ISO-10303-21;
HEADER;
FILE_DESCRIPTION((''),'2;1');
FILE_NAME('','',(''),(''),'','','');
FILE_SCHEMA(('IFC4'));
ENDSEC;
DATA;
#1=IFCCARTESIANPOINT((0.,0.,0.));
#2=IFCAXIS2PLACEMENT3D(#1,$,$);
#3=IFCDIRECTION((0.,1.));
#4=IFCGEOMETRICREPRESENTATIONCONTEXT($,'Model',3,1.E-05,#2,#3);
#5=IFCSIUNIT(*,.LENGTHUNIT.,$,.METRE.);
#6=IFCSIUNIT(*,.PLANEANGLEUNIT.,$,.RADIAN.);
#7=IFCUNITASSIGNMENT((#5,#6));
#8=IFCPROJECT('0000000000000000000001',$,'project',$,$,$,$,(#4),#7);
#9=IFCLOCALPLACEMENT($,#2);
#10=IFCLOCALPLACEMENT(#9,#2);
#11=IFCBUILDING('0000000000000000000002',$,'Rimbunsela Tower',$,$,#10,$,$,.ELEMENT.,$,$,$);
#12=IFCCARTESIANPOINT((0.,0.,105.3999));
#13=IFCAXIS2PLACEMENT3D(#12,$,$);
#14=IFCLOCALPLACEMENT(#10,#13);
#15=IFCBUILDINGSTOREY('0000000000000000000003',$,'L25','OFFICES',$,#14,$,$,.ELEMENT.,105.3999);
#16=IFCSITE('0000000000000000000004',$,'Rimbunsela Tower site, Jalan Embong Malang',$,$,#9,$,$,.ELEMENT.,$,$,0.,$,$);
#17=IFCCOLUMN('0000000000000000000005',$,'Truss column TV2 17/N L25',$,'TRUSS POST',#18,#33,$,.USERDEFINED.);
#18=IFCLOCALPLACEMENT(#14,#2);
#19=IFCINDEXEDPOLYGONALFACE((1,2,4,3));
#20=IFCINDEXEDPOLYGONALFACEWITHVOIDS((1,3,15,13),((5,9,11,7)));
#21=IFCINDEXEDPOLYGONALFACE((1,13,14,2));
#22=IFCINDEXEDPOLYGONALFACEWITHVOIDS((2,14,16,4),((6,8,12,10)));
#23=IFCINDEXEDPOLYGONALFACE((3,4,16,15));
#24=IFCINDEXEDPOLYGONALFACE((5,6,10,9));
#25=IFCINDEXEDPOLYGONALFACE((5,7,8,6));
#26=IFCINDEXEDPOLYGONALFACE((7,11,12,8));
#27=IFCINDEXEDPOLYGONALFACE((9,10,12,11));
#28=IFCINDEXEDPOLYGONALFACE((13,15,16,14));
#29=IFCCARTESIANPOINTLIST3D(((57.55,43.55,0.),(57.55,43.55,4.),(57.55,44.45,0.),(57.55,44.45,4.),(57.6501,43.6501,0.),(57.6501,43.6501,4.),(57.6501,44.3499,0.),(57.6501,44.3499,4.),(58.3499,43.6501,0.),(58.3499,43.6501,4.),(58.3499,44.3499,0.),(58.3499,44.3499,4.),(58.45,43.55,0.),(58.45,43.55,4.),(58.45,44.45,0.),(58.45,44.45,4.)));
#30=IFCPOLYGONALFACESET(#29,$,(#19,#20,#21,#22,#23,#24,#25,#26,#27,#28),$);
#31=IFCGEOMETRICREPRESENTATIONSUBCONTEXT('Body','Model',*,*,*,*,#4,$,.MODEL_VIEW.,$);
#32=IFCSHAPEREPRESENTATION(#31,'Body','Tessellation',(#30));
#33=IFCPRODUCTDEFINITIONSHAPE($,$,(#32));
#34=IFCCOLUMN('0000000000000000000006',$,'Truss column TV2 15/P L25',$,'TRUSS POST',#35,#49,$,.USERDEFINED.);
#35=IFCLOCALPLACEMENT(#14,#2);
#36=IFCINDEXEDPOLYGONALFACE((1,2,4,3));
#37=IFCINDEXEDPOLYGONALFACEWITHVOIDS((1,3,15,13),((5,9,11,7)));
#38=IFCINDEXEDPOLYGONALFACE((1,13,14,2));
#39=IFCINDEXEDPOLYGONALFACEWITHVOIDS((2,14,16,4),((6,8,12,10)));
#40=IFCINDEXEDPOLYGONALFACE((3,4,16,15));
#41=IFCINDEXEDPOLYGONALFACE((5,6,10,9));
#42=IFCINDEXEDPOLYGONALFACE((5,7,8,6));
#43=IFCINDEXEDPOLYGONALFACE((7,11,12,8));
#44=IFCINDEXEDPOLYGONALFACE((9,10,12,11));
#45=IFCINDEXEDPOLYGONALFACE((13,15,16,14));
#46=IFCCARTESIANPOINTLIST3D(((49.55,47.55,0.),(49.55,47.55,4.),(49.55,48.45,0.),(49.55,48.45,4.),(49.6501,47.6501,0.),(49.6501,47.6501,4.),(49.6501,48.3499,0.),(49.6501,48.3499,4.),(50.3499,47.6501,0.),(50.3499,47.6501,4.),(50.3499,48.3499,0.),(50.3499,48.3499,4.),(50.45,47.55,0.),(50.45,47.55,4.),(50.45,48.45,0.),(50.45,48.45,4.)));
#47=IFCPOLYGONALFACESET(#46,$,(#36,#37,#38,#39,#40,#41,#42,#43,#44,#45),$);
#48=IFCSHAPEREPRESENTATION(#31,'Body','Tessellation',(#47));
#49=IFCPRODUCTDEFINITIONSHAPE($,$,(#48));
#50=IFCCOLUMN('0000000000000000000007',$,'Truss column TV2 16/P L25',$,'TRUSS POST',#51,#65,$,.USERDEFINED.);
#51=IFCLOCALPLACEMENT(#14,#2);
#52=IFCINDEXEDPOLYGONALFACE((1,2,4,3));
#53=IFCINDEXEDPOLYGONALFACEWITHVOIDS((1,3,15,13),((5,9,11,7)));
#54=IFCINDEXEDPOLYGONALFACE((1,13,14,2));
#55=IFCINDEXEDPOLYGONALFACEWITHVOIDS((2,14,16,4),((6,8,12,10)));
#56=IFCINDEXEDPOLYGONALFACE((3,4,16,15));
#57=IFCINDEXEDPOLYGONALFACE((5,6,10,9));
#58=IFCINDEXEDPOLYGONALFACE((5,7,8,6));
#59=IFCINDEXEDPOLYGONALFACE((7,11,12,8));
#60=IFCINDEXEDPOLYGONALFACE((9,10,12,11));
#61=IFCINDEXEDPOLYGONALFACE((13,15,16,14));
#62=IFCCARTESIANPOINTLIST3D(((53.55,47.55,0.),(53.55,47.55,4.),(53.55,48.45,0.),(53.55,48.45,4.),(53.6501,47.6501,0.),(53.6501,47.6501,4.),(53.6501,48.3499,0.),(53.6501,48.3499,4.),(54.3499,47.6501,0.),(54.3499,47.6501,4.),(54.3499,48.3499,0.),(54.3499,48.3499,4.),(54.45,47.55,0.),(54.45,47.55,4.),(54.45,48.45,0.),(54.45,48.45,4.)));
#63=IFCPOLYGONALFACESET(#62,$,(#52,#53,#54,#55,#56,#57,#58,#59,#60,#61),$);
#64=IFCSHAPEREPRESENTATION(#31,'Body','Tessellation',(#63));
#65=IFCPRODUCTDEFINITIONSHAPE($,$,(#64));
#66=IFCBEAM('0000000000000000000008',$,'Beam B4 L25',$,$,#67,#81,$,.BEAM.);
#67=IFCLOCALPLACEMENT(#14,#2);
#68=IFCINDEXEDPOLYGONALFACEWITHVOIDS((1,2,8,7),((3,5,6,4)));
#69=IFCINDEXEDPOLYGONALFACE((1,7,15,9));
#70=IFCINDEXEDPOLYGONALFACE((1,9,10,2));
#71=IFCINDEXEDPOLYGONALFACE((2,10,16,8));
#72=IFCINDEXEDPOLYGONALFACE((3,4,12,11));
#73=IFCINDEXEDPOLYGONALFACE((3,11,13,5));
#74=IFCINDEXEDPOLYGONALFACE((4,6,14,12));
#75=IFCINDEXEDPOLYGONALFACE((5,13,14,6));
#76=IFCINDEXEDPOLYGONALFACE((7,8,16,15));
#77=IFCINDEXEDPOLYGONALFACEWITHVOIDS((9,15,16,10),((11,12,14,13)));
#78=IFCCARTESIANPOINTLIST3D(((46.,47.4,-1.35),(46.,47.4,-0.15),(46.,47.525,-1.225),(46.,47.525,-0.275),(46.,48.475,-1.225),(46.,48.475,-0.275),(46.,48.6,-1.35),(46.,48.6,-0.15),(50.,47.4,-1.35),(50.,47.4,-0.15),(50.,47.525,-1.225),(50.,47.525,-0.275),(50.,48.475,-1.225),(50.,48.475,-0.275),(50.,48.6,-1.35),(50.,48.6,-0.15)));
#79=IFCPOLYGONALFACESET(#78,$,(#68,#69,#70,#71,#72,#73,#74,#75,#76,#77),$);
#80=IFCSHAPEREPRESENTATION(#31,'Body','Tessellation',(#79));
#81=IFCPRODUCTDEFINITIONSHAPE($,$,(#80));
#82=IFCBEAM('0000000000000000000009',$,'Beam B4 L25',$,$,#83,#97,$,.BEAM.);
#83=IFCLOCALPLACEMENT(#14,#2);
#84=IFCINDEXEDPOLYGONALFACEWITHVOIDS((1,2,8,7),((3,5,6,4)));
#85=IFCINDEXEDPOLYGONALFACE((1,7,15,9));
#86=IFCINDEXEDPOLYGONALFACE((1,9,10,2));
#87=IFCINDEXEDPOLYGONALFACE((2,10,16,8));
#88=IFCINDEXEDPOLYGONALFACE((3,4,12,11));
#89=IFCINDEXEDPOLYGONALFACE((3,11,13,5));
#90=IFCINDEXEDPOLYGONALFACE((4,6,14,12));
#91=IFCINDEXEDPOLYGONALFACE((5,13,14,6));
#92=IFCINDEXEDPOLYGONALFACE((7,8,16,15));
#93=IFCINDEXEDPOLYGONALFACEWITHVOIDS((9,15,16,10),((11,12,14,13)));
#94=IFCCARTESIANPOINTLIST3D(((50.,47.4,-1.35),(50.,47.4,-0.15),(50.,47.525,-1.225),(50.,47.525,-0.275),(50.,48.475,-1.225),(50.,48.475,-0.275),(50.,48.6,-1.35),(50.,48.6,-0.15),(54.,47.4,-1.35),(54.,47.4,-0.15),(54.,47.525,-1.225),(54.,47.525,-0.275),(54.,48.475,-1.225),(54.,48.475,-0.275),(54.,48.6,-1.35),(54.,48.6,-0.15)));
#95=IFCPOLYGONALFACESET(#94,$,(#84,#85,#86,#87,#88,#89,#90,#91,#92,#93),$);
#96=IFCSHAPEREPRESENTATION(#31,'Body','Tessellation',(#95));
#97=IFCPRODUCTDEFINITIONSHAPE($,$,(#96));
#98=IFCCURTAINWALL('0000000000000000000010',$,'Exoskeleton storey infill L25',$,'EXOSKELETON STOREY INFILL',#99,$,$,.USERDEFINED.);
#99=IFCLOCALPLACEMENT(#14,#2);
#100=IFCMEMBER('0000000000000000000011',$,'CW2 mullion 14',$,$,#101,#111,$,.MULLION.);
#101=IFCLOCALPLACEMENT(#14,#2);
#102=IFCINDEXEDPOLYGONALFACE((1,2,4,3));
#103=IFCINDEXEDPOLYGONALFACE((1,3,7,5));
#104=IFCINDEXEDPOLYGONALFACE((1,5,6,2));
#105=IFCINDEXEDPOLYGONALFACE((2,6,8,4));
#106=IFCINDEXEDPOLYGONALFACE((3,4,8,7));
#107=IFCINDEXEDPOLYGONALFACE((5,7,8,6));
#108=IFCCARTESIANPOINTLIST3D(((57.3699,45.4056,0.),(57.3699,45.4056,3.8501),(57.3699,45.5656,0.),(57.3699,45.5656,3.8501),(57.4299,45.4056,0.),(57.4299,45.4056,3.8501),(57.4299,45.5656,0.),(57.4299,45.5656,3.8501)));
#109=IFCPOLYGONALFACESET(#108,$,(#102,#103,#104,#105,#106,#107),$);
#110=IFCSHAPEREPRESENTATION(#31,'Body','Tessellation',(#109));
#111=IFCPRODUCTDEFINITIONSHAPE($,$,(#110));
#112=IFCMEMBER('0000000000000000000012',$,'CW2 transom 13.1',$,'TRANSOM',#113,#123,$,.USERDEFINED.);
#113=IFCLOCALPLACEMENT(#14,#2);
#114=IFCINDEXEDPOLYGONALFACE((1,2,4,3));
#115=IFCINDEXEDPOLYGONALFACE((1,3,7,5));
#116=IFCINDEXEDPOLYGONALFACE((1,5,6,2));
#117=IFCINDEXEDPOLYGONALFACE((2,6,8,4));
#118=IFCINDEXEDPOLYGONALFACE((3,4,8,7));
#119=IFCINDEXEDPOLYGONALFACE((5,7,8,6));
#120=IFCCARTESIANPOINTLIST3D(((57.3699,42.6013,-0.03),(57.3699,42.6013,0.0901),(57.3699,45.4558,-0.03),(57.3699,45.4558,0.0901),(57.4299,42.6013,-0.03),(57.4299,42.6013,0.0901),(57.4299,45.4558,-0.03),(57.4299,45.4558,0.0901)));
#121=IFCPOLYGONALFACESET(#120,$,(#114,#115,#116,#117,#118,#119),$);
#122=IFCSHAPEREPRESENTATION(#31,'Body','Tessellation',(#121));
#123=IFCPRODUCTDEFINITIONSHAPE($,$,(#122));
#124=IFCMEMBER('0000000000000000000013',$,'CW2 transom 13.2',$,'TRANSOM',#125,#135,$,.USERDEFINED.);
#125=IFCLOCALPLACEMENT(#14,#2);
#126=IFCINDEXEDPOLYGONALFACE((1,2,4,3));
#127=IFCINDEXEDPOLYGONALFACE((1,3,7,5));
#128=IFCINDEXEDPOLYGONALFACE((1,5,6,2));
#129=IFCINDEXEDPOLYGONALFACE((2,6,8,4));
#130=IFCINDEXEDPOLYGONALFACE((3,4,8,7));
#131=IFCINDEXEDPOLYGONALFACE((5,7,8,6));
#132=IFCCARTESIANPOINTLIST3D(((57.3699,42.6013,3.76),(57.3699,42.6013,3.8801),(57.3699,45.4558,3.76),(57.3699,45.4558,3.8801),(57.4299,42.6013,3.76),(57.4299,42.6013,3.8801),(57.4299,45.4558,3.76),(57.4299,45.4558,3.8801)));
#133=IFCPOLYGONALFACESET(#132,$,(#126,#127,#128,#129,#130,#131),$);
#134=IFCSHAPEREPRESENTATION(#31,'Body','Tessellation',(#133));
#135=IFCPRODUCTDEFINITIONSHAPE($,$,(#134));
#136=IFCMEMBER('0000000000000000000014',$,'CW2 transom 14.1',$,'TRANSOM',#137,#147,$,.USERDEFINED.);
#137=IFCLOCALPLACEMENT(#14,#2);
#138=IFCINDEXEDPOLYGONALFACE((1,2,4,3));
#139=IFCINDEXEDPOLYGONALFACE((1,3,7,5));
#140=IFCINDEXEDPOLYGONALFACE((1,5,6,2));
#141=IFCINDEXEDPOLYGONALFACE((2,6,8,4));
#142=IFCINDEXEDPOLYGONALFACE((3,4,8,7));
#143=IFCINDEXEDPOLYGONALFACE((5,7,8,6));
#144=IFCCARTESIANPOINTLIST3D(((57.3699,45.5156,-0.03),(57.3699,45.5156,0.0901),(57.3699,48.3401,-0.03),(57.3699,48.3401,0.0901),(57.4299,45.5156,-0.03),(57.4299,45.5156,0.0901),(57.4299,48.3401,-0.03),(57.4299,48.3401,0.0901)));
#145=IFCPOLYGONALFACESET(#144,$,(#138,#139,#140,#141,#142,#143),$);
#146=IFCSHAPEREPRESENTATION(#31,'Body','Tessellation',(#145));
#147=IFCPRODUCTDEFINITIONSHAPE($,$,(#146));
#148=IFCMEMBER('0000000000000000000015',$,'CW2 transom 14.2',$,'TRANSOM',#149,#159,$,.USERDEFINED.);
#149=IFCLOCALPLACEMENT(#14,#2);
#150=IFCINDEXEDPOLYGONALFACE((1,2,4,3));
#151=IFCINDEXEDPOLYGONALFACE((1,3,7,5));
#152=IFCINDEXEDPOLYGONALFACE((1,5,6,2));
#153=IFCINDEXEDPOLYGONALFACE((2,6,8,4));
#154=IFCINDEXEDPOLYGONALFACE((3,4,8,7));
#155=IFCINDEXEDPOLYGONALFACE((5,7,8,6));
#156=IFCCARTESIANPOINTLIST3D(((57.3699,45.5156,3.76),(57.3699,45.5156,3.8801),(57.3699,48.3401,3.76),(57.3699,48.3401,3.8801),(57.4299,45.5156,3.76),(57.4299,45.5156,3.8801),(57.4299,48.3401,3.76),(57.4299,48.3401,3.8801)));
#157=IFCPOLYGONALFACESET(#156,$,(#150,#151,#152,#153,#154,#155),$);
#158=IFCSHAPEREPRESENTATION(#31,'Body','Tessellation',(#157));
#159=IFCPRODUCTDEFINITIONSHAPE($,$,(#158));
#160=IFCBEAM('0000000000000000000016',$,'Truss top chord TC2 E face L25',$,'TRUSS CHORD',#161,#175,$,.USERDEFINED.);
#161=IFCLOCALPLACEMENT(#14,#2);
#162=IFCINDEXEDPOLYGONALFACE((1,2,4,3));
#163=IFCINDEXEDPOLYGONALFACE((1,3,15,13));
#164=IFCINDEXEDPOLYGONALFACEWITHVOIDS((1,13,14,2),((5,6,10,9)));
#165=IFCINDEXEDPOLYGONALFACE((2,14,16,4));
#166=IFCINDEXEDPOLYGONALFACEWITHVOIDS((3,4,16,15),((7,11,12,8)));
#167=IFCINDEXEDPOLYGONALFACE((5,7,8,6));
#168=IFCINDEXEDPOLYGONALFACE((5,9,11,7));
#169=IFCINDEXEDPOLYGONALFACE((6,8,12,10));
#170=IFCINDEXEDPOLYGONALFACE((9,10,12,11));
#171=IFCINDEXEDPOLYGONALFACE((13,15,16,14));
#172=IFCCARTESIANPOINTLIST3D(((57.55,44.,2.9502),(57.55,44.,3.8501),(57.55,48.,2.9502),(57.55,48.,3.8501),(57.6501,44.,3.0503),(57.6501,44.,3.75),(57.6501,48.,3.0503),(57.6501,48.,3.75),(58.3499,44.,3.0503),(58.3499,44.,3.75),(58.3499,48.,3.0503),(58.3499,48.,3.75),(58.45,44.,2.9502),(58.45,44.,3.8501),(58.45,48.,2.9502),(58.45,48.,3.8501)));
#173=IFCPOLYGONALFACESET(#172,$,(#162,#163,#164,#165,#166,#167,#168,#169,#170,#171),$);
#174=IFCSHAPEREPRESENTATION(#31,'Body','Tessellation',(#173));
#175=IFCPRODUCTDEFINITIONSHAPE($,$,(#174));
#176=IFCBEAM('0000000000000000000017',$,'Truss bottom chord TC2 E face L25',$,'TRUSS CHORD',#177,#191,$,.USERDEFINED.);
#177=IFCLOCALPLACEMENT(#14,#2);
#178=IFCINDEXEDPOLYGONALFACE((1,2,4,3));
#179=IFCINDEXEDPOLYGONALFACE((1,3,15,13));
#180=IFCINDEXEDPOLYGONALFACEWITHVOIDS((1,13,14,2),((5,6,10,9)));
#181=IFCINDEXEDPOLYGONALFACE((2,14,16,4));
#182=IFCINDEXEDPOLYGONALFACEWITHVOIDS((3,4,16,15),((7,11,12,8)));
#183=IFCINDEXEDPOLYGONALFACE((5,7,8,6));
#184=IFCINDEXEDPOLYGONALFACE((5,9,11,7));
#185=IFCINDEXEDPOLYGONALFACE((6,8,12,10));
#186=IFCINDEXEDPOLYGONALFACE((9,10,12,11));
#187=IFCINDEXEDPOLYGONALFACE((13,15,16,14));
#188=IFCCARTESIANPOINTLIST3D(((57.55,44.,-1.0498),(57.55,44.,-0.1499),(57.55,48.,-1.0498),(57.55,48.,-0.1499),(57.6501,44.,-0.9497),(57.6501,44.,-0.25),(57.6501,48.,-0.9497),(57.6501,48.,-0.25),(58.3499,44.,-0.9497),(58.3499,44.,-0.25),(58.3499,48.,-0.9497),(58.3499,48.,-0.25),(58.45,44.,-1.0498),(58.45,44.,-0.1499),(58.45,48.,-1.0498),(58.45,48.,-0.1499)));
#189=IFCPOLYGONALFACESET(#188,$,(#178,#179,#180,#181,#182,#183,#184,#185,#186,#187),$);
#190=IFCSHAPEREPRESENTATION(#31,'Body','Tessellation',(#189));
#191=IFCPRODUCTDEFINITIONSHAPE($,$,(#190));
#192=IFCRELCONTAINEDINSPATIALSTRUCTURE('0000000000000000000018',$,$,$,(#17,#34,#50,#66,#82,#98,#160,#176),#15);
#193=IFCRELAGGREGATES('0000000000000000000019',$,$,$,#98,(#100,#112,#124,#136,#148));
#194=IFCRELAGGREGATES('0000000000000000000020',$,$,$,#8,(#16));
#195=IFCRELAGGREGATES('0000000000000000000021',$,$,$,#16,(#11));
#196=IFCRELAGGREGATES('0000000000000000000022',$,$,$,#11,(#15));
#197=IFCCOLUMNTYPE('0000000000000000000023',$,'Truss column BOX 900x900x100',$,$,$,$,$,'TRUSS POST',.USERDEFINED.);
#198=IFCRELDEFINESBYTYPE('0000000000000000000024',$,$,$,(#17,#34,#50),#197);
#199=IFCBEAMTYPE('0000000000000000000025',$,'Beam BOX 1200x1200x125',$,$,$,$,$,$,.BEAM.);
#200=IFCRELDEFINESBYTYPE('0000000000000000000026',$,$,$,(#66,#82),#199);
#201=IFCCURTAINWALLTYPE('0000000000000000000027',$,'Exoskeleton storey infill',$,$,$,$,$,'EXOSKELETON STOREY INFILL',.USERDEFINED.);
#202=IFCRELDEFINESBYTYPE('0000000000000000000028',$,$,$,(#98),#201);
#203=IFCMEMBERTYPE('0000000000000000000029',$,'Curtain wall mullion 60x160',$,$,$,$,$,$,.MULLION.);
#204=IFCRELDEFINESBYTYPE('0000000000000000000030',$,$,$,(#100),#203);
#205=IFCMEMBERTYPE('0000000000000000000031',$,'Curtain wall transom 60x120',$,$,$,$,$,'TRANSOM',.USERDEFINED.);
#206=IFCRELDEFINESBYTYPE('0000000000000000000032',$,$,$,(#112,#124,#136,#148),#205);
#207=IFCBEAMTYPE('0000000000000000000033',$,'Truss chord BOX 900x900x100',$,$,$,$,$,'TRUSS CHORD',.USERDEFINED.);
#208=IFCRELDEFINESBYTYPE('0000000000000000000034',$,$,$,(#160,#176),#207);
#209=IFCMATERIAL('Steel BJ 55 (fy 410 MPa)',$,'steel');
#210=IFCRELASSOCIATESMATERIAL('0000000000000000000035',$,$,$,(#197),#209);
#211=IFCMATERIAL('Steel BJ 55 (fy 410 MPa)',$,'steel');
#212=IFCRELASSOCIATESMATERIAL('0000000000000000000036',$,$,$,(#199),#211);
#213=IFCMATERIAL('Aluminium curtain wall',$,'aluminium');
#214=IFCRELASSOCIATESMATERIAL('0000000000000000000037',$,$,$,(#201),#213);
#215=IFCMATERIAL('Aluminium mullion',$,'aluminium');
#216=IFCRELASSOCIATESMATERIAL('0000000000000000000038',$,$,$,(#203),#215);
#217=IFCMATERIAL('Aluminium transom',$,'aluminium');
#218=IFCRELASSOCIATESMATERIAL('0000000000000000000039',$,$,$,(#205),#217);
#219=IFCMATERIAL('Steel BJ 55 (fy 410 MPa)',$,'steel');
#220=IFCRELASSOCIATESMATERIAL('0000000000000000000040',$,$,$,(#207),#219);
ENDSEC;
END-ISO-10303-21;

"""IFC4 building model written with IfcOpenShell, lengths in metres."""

from ifc_helpers import new_model, si_unit, direction, frame, origin, origin_2d, place, context, subcontext, project, spatial, rectangle, hollow_rectangle, extrude, material, material_profile, profile_set, type_object, element, aggregate, save


model = new_model("IFC4")

# Units and contexts
model_context = context("Model", 3, precision=1e-05, world=origin(), true_north=direction((0.0, 1.0)))
body_context = subcontext(model_context, "Body", "Model", "MODEL_VIEW")
ifc_project = project(units=[si_unit("LENGTHUNIT", "METRE"), si_unit("PLANEANGLEUNIT", "RADIAN")], contexts=[model_context])

# Site, building, storey
site_placement = place(None, origin())
site = spatial("IfcSite", under=ifc_project, at=site_placement, Name="Rimbunsela Tower site, Jalan Embong Malang", CompositionType="ELEMENT", RefElevation=0.0)
building_placement = place(site_placement, origin())
building = spatial("IfcBuilding", under=site, at=building_placement, Name="Rimbunsela Tower", CompositionType="ELEMENT")
storey_placement = place(building_placement, frame((0.0, 0.0, 105.3999)))
storey = spatial("IfcBuildingStorey", under=building, at=storey_placement, Name="L25", Description="OFFICES", CompositionType="ELEMENT", Elevation=105.3999)

# Columns
ifc_material_1 = material(Name="Steel BJ 55 (fy 410 MPa)", Category="steel")
ifc_material_profile_1 = material_profile(ifc_material_1, hollow_rectangle(XDim=0.8999, YDim=0.8999, WallThickness=0.1001, at=origin_2d()), Name="BOX 900x900x100")
ifc_profile_set_1 = profile_set([ifc_material_profile_1], Name="Steel BJ 55 (fy 410 MPa)")
column_type = type_object("IfcColumnType", Name="Truss column BOX 900x900x100", ElementType="TRUSS POST", PredefinedType="USERDEFINED", material=ifc_profile_set_1)
for number, where, z_axis, x_axis, name in (
    (1, (58.0, 44.0, 0.0), (0.0, 0.0, 1.0), (1.0, 0.0, 0.0), "Truss column TV2 17/N L25"),
    (2, (50.0, 48.0, 0.0), (0.0, 0.0, 1.0), (1.0, 0.0, 0.0), "Truss column TV2 15/P L25"),
    (3, (54.0, 48.0, 0.0), (0.0, 0.0, 1.0), (1.0, 0.0, 0.0), "Truss column TV2 16/P L25"),
):
    element("IfcColumn", number, at=place(storey_placement, frame(where, z_axis=z_axis, x_axis=x_axis)), inside=storey, type_object=column_type, Name=name, ObjectType="TRUSS POST", PredefinedType="USERDEFINED", context=body_context, shape_type="SweptSolid", body=[
        extrude(hollow_rectangle(XDim=0.8999, YDim=0.8999, WallThickness=0.1001, at=origin_2d()), origin(), (0.0, 0.0, 1.0), 4.0),
    ])

# Beams
ifc_material_2 = material(Name="Steel BJ 55 (fy 410 MPa)", Category="steel")
ifc_material_profile_2 = material_profile(ifc_material_2, hollow_rectangle(XDim=1.2, YDim=1.2, WallThickness=0.125, at=origin_2d()), Name="BOX 1200x1200x125")
ifc_profile_set_2 = profile_set([ifc_material_profile_2], Name="Steel BJ 55 (fy 410 MPa)")
beam_type_1 = type_object("IfcBeamType", Name="Beam BOX 1200x1200x125", PredefinedType="BEAM", material=ifc_profile_set_2)
for number, where, z_axis, x_axis, name in (
    (4, (46.0, 48.0, -0.75), (1.0, 0.0, 0.0), (0.0, 1.0, 0.0), "Beam B4 L25"),
    (5, (50.0, 48.0, -0.75), (1.0, 0.0, 0.0), (0.0, 1.0, 0.0), "Beam B4 L25"),
):
    element("IfcBeam", number, at=place(storey_placement, frame(where, z_axis=z_axis, x_axis=x_axis)), inside=storey, type_object=beam_type_1, Name=name, PredefinedType="BEAM", context=body_context, shape_type="SweptSolid", body=[
        extrude(hollow_rectangle(XDim=1.2, YDim=1.2, WallThickness=0.125, at=origin_2d()), origin(), (0.0, 0.0, 1.0), 4.0),
    ])

# Curtain wall, members
ifc_material_3 = material(Name="Aluminium curtain wall", Category="aluminium")
curtain_wall_type = type_object("IfcCurtainWallType", Name="Exoskeleton storey infill", ElementType="EXOSKELETON STOREY INFILL", PredefinedType="USERDEFINED", material=ifc_material_3)
curtain_wall_placement = place(storey_placement, origin())
curtain_wall = element("IfcCurtainWall", 6, at=curtain_wall_placement, inside=storey, type_object=curtain_wall_type, Name="Exoskeleton storey infill L25", ObjectType="EXOSKELETON STOREY INFILL", PredefinedType="USERDEFINED")
ifc_material_4 = material(Name="Aluminium mullion", Category="aluminium")
ifc_material_profile_3 = material_profile(ifc_material_4, rectangle(XDim=0.0601, YDim=0.1599, at=origin_2d()), Name="Mullion 60x160")
ifc_profile_set_3 = profile_set([ifc_material_profile_3], Name="Aluminium mullion")
member_type_1 = type_object("IfcMemberType", Name="Curtain wall mullion 60x160", PredefinedType="MULLION", material=ifc_profile_set_3)
member_1_placement = place(storey_placement, frame((57.3999, 45.4856, 0.0), z_axis=(0.0, 0.0, 1.0), x_axis=(-1.0, 0.0, 0.0)))
member_1 = element("IfcMember", 7, at=member_1_placement, type_object=member_type_1, Name="CW2 mullion 14", PredefinedType="MULLION", context=body_context, shape_type="SweptSolid", body=[
    extrude(rectangle(XDim=0.0601, YDim=0.1599, at=origin_2d()), origin(), (0.0, 0.0, 1.0), 3.8501),
])
ifc_material_5 = material(Name="Aluminium transom", Category="aluminium")
ifc_material_profile_4 = material_profile(ifc_material_5, rectangle(XDim=0.0601, YDim=0.1201, at=origin_2d()), Name="Transom 60x120")
ifc_profile_set_4 = profile_set([ifc_material_profile_4], Name="Aluminium transom")
member_type_2 = type_object("IfcMemberType", Name="Curtain wall transom 60x120", ElementType="TRANSOM", PredefinedType="USERDEFINED", material=ifc_profile_set_4)
member_2_placement = place(storey_placement, frame((57.3999, 42.6013, 0.03), z_axis=(0.0, 1.0, 0.0), x_axis=(-1.0, 0.0, 0.0)))
member_2 = element("IfcMember", 8, at=member_2_placement, type_object=member_type_2, Name="CW2 transom 13.1", ObjectType="TRANSOM", PredefinedType="USERDEFINED", context=body_context, shape_type="SweptSolid", body=[
    extrude(rectangle(XDim=0.0601, YDim=0.1201, at=origin_2d()), origin(), (0.0, 0.0, 1.0), 2.8545),
])
member_3_placement = place(storey_placement, frame((57.3999, 42.6013, 3.8201), z_axis=(0.0, 1.0, 0.0), x_axis=(-1.0, 0.0, 0.0)))
member_3 = element("IfcMember", 9, at=member_3_placement, type_object=member_type_2, Name="CW2 transom 13.2", ObjectType="TRANSOM", PredefinedType="USERDEFINED", context=body_context, shape_type="SweptSolid", body=[
    extrude(rectangle(XDim=0.0601, YDim=0.1201, at=origin_2d()), origin(), (0.0, 0.0, 1.0), 2.8545),
])
member_4_placement = place(storey_placement, frame((57.3999, 45.5156, 0.03), z_axis=(0.0, 1.0, 0.0), x_axis=(-1.0, 0.0, 0.0)))
member_4 = element("IfcMember", 10, at=member_4_placement, type_object=member_type_2, Name="CW2 transom 14.1", ObjectType="TRANSOM", PredefinedType="USERDEFINED", context=body_context, shape_type="SweptSolid", body=[
    extrude(rectangle(XDim=0.0601, YDim=0.1201, at=origin_2d()), origin(), (0.0, 0.0, 1.0), 2.8245),
])
member_5_placement = place(storey_placement, frame((57.3999, 45.5156, 3.8201), z_axis=(0.0, 1.0, 0.0), x_axis=(-1.0, 0.0, 0.0)))
member_5 = element("IfcMember", 11, at=member_5_placement, type_object=member_type_2, Name="CW2 transom 14.2", ObjectType="TRANSOM", PredefinedType="USERDEFINED", context=body_context, shape_type="SweptSolid", body=[
    extrude(rectangle(XDim=0.0601, YDim=0.1201, at=origin_2d()), origin(), (0.0, 0.0, 1.0), 2.8245),
])

# Beams
ifc_material_6 = material(Name="Steel BJ 55 (fy 410 MPa)", Category="steel")
ifc_material_profile_5 = material_profile(ifc_material_6, hollow_rectangle(XDim=0.8999, YDim=0.8999, WallThickness=0.1001, at=origin_2d()), Name="BOX 900x900x100")
ifc_profile_set_5 = profile_set([ifc_material_profile_5], Name="Steel BJ 55 (fy 410 MPa)")
beam_type_2 = type_object("IfcBeamType", Name="Truss chord BOX 900x900x100", ElementType="TRUSS CHORD", PredefinedType="USERDEFINED", material=ifc_profile_set_5)
for number, where, z_axis, x_axis, name in (
    (12, (58.0, 44.0, 3.4001), (0.0, 1.0, 0.0), (-1.0, 0.0, 0.0), "Truss top chord TC2 E face L25"),
    (13, (58.0, 44.0, -0.5999), (0.0, 1.0, 0.0), (-1.0, 0.0, 0.0), "Truss bottom chord TC2 E face L25"),
):
    element("IfcBeam", number, at=place(storey_placement, frame(where, z_axis=z_axis, x_axis=x_axis)), inside=storey, type_object=beam_type_2, Name=name, ObjectType="TRUSS CHORD", PredefinedType="USERDEFINED", context=body_context, shape_type="SweptSolid", body=[
        extrude(hollow_rectangle(XDim=0.8999, YDim=0.8999, WallThickness=0.1001, at=origin_2d()), origin(), (0.0, 0.0, 1.0), 4.0),
    ])

aggregate(curtain_wall, [member_1, member_2, member_3, member_4, member_5])

save(model, "model.ifc")
